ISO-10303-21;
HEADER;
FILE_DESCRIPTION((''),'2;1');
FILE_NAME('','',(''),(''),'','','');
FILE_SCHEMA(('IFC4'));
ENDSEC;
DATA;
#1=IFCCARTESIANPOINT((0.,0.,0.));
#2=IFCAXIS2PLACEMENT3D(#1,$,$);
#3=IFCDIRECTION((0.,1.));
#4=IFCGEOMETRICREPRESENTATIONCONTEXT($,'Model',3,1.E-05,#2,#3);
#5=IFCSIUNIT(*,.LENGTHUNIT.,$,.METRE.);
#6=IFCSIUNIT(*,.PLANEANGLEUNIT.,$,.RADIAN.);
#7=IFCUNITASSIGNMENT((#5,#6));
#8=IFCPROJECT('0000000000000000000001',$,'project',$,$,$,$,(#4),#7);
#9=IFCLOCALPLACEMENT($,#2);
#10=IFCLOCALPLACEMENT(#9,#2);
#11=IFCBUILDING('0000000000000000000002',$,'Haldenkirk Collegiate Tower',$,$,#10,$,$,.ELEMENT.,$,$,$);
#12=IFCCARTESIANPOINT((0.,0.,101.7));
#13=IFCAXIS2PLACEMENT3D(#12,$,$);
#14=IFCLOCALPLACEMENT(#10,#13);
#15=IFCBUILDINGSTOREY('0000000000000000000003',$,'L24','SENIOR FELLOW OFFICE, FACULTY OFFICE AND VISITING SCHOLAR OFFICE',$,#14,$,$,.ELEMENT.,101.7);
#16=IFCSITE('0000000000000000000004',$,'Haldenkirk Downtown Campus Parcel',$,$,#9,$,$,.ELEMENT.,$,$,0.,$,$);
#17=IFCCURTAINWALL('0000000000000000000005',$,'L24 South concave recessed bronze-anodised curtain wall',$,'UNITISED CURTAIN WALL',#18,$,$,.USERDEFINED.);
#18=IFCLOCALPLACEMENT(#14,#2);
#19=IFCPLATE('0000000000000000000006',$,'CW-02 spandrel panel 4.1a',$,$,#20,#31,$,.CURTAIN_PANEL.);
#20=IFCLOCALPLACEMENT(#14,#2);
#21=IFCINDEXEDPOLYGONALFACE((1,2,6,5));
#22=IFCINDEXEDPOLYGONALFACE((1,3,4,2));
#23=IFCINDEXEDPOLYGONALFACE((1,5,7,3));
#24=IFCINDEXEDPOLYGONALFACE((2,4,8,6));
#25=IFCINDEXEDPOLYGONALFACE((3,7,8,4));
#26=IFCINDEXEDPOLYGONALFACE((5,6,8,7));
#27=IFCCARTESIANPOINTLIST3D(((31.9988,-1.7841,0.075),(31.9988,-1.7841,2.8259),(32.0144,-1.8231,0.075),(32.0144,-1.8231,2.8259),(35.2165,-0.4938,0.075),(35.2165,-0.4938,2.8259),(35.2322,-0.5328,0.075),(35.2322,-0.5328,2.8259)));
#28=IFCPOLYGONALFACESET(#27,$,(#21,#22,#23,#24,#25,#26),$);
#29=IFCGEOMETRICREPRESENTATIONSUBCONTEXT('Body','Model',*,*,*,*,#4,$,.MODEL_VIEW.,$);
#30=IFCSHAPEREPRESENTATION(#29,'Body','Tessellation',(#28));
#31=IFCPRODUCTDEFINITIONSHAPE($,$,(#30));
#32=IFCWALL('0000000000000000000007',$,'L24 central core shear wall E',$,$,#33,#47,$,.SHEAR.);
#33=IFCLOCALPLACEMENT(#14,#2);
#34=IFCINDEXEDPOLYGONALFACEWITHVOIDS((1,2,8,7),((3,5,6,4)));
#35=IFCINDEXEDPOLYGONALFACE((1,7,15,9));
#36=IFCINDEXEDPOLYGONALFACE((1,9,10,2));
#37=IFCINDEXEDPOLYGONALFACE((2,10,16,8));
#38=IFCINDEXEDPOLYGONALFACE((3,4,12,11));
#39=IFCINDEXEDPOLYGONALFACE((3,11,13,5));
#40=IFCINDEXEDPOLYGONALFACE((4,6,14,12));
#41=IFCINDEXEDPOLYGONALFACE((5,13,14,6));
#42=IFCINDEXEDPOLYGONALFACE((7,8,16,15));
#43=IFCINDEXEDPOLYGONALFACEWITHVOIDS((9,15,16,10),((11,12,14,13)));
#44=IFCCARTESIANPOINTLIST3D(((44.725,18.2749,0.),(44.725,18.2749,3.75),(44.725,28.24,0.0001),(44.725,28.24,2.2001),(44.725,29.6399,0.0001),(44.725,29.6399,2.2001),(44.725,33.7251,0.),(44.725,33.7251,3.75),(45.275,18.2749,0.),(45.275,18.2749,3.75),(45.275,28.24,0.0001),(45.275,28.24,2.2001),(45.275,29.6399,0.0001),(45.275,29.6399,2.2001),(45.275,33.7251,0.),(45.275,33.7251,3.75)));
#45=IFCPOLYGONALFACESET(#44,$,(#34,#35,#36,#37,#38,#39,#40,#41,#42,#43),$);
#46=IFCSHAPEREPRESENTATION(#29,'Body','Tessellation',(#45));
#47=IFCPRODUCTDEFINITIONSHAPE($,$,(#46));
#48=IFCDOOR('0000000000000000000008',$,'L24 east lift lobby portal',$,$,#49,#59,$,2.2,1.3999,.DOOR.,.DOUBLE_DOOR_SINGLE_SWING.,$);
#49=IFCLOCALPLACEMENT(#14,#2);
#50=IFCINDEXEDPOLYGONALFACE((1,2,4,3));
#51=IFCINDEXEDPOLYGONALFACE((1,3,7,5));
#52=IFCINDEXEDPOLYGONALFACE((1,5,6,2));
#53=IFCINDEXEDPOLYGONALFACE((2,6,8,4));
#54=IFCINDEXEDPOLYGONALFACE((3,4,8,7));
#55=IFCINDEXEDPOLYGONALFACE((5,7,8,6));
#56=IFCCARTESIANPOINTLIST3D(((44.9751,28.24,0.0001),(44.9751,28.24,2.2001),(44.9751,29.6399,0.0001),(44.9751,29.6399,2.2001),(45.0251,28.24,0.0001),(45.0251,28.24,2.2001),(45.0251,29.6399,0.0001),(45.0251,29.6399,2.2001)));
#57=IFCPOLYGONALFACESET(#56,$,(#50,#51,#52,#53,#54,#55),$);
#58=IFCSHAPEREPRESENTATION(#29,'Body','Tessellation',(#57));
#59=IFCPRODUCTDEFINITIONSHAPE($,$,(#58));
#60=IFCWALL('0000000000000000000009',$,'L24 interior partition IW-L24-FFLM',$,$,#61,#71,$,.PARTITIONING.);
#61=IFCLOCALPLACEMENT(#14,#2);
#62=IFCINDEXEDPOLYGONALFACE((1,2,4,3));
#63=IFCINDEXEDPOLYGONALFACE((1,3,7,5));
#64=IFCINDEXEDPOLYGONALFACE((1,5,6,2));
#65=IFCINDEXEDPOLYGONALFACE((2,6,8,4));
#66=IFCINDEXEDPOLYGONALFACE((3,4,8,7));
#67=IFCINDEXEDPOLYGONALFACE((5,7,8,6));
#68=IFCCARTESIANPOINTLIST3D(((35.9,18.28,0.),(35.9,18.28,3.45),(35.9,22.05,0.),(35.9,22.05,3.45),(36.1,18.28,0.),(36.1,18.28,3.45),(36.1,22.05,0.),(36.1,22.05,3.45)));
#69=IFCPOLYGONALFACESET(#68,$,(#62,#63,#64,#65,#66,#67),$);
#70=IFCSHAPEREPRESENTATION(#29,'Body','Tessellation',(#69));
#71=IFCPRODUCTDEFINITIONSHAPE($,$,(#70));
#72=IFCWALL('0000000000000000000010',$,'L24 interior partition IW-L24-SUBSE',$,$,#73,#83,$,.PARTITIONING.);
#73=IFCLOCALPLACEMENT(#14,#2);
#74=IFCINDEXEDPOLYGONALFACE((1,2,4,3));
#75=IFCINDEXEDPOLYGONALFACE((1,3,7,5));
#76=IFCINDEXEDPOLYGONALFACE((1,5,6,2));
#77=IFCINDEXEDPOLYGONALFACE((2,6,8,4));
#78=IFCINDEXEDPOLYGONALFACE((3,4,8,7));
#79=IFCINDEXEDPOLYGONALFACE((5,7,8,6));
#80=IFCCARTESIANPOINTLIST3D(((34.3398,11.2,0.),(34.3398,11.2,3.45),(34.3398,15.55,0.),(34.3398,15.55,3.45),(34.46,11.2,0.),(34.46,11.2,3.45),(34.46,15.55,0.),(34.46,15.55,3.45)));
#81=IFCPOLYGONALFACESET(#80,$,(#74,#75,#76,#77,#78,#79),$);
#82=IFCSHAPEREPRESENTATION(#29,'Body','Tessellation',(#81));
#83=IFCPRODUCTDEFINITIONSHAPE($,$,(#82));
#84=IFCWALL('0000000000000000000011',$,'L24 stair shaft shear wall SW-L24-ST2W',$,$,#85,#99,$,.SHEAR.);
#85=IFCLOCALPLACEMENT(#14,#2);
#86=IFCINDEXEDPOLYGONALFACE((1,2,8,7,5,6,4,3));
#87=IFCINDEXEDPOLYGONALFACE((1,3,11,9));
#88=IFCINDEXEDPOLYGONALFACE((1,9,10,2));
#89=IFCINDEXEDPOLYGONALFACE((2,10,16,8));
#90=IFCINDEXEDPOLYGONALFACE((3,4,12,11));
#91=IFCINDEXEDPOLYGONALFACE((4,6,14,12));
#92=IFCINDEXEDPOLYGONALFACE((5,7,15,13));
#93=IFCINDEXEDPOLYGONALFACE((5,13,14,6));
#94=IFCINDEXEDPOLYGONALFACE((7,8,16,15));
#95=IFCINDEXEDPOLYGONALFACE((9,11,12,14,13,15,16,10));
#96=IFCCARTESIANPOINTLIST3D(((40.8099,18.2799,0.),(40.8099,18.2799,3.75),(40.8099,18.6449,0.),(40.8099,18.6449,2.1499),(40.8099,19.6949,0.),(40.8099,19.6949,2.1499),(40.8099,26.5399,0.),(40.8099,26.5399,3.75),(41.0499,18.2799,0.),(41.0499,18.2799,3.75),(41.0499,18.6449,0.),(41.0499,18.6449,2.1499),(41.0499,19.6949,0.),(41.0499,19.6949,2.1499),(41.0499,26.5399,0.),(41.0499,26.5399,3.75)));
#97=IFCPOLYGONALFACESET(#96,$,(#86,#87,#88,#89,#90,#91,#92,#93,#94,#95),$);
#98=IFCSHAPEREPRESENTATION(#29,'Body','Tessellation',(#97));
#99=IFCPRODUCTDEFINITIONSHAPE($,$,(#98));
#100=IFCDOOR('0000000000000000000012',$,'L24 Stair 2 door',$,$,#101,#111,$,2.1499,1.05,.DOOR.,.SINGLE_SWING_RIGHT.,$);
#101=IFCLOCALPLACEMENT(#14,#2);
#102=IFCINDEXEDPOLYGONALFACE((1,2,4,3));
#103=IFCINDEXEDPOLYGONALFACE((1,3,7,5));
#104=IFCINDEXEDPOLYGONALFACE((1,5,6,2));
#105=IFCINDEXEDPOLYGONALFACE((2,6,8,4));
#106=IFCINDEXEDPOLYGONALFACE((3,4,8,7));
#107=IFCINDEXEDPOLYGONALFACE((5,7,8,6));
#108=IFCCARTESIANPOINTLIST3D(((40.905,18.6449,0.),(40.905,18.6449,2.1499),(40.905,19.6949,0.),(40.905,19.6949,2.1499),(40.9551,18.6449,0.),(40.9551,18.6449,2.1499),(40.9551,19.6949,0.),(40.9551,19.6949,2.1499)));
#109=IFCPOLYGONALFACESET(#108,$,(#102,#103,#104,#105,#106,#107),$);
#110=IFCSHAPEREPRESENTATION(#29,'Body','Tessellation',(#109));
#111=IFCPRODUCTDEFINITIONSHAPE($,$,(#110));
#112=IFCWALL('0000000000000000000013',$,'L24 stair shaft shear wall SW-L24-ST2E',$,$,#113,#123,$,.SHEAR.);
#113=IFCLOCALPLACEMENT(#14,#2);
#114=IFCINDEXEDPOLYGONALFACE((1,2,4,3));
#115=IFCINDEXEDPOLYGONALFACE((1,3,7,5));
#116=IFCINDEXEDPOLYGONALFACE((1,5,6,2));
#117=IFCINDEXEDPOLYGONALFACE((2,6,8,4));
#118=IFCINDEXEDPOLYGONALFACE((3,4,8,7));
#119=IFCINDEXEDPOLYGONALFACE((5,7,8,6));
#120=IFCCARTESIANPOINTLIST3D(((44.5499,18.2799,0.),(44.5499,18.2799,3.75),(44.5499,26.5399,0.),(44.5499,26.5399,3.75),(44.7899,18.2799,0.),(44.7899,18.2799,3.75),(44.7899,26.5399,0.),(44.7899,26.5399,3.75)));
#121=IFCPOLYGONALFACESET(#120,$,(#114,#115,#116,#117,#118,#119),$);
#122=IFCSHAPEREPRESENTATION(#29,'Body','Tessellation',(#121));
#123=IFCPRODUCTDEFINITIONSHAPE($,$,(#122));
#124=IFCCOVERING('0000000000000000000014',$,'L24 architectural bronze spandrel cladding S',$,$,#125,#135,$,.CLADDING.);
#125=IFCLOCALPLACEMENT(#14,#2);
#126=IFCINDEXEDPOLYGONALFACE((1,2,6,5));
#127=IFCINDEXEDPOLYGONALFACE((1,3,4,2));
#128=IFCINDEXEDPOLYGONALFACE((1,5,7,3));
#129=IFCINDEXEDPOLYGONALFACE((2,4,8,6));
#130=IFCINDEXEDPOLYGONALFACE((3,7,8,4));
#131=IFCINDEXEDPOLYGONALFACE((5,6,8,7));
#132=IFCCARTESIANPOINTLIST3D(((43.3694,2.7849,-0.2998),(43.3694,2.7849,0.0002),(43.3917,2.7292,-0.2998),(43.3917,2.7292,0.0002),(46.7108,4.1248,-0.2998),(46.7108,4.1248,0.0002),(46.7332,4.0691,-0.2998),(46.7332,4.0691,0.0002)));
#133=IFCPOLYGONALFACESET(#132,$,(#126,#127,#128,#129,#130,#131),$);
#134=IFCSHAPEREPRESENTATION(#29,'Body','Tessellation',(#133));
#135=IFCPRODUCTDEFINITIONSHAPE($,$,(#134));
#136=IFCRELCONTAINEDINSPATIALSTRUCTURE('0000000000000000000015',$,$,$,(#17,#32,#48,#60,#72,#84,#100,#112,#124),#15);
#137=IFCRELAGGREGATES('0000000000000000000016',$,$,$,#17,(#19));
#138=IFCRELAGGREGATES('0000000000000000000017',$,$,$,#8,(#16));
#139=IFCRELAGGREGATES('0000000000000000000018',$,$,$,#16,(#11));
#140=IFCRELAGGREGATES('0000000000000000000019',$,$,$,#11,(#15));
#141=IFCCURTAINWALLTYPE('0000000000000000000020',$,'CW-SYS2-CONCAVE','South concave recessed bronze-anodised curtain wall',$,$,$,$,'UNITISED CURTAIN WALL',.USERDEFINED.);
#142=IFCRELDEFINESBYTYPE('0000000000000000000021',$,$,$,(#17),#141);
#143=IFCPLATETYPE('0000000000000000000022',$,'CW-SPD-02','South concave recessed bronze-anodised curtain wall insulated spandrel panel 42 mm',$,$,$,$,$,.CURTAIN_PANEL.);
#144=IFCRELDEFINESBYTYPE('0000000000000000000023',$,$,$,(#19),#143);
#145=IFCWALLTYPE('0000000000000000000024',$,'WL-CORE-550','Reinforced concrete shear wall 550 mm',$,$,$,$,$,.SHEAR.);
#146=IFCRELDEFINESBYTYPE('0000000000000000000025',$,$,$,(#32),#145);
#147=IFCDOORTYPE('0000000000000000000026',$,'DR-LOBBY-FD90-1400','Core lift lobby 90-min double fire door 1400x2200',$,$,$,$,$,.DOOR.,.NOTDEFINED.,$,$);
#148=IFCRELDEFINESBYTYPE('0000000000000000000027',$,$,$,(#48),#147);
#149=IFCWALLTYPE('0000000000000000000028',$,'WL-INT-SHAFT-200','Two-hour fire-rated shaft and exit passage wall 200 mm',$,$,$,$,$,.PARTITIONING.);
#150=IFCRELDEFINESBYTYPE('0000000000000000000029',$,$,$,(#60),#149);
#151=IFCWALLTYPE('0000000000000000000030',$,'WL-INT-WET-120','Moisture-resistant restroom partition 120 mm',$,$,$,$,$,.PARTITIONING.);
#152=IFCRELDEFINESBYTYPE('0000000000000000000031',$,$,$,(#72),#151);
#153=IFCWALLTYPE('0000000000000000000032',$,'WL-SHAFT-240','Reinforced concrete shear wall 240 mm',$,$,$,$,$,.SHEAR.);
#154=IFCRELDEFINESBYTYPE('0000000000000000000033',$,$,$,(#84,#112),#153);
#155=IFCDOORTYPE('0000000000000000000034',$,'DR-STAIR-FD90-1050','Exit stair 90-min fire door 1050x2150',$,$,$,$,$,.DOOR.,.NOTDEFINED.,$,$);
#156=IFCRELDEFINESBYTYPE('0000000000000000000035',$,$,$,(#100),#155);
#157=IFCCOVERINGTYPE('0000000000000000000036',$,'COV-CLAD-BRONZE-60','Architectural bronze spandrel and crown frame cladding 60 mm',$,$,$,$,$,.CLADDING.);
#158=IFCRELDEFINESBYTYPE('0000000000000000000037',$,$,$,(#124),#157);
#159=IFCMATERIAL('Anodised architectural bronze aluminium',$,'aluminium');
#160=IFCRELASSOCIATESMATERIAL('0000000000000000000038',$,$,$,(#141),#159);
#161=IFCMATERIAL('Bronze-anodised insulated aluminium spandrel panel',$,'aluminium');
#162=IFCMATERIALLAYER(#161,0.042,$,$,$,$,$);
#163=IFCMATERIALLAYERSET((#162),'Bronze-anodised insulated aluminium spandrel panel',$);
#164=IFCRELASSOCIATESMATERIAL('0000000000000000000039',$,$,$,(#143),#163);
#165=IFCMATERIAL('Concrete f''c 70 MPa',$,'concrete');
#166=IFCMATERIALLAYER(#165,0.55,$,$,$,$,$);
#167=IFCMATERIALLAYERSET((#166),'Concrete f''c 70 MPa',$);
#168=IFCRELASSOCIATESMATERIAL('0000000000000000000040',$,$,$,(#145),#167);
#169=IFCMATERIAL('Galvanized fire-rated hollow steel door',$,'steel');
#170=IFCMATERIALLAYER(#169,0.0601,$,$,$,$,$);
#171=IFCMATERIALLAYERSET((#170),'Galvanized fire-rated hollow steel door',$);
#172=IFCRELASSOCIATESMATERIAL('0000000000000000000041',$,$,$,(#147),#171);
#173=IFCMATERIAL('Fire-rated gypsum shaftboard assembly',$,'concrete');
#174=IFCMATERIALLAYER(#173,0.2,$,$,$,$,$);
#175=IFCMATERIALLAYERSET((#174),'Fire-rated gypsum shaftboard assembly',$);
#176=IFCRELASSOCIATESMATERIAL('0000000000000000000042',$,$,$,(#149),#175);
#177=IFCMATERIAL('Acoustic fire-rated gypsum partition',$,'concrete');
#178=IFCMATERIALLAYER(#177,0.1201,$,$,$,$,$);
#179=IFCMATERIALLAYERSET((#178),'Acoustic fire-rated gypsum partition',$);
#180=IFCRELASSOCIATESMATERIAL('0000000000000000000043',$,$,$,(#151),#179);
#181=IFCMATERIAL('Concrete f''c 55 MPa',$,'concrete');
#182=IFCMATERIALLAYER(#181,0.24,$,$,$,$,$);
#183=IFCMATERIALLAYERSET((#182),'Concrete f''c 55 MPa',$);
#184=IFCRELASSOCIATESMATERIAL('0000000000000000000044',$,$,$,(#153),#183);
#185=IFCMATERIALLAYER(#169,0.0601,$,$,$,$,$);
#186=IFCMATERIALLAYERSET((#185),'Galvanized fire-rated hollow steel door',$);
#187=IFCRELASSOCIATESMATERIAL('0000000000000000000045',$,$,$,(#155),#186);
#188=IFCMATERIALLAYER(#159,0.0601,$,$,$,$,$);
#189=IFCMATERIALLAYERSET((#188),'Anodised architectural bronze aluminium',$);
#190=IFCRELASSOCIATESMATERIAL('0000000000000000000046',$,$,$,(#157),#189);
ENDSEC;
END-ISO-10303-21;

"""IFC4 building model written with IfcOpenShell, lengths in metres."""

from ifc_helpers import new_model, si_unit, direction, frame, frame_2d, origin, origin_2d, place, context, subcontext, project, spatial, rectangle, extrude, source, transform, mapped, material, layer, layer_set, type_object, element, fill, aggregate, save


model = new_model("IFC4")

# Units and contexts
model_context = context("Model", 3, precision=1e-05, world=origin(), true_north=direction((0.0, 1.0)))
body_context = subcontext(model_context, "Body", "Model", "MODEL_VIEW")
ifc_project = project(units=[si_unit("LENGTHUNIT", "METRE"), si_unit("PLANEANGLEUNIT", "RADIAN")], contexts=[model_context])

# Site, building, storey
site_placement = place(None, origin())
site = spatial("IfcSite", under=ifc_project, at=site_placement, Name="Haldenkirk Downtown Campus Parcel", CompositionType="ELEMENT", RefElevation=0.0)
building_placement = place(site_placement, origin())
building = spatial("IfcBuilding", under=site, at=building_placement, Name="Haldenkirk Collegiate Tower", CompositionType="ELEMENT")
storey_placement = place(building_placement, frame((0.0, 0.0, 101.7)))
storey = spatial("IfcBuildingStorey", under=building, at=storey_placement, Name="L24", Description="SENIOR FELLOW OFFICE, FACULTY OFFICE AND VISITING SCHOLAR OFFICE", CompositionType="ELEMENT", Elevation=101.7)

# Curtain wall, plate
ifc_material_1 = material(Name="Anodised architectural bronze aluminium", Category="aluminium")
curtain_wall_type = type_object("IfcCurtainWallType", Name="CW-SYS2-CONCAVE", Description="South concave recessed bronze-anodised curtain wall", ElementType="UNITISED CURTAIN WALL", PredefinedType="USERDEFINED", material=ifc_material_1)
curtain_wall_placement = place(storey_placement, origin())
curtain_wall = element("IfcCurtainWall", 1, at=curtain_wall_placement, inside=storey, type_object=curtain_wall_type, Name="L24 South concave recessed bronze-anodised curtain wall", ObjectType="UNITISED CURTAIN WALL", PredefinedType="USERDEFINED")
ifc_material_2 = material(Name="Bronze-anodised insulated aluminium spandrel panel", Category="aluminium")
ifc_layer_1 = layer(ifc_material_2, 0.042)
ifc_layer_set_1 = layer_set([ifc_layer_1], Name="Bronze-anodised insulated aluminium spandrel panel")
plate_type_1 = type_object("IfcPlateType", Name="CW-SPD-02", Description="South concave recessed bronze-anodised curtain wall insulated spandrel panel 42 mm", PredefinedType="CURTAIN_PANEL", material=ifc_layer_set_1)
shared_shape_1 = source(origin(), body_context, "Body", "SweptSolid", [
    extrude(rectangle(XDim=3.4668, YDim=0.042, at=origin_2d()), origin(), (0.0, 0.0, 1.0), 2.751),
])
plate_1_placement = place(storey_placement, frame((33.6155, -1.1584, 0.075), z_axis=(0.0, 0.0, 1.0), x_axis=(-0.928162, -0.372177, 0.0)))
plate_1 = element("IfcPlate", 2, at=plate_1_placement, type_object=plate_type_1, Name="CW-02 spandrel panel 4.1a", PredefinedType="CURTAIN_PANEL", context=body_context, shape_type="MappedRepresentation", body=[
    mapped(shared_shape_1, transform((0.0, 0.0, 0.0), x_axis=(1.0, 0.0, 0.0), y_axis=(0.0, 1.0, 0.0), z_axis=(0.0, 0.0, 1.0), scale=1.0)),
])
aggregate(curtain_wall, [plate_1])

# Wall, opening, door
ifc_material_3 = material(Name="Concrete f'c 70 MPa", Category="concrete")
ifc_layer_2 = layer(ifc_material_3, 0.55)
ifc_layer_set_2 = layer_set([ifc_layer_2], Name="Concrete f'c 70 MPa")
wall_type_1 = type_object("IfcWallType", Name="WL-CORE-550", Description="Reinforced concrete shear wall 550 mm", PredefinedType="SHEAR", material=ifc_layer_set_2)
wall_1_placement = place(storey_placement, frame((45.0, 18.2749, 0.0), z_axis=(0.0, 0.0, 1.0), x_axis=(0.0, 1.0, 0.0)))
wall_1 = element("IfcWall", 3, at=wall_1_placement, inside=storey, type_object=wall_type_1, Name="L24 central core shear wall E", PredefinedType="SHEAR", context=body_context, shape_type="SweptSolid", body=[
    extrude(rectangle(XDim=15.4502, YDim=0.55, at=frame_2d((7.7251, 0.0))), origin(), (0.0, 0.0, 1.0), 3.75),
])
opening_1_placement = place(wall_1_placement, frame((9.9651, 0.0, 0.0)))
opening_1 = element("IfcOpeningElement", 4, at=opening_1_placement, cuts=wall_1, PredefinedType="OPENING", context=body_context, shape_type="SweptSolid", body=[
    extrude(rectangle(XDim=1.3999, YDim=2.2, at=frame_2d((0.7, 1.1001))), frame((0.0, 0.2849, 0.0), z_axis=(0.0, -1.0, 0.0), x_axis=(1.0, 0.0, 0.0)), (0.0, 0.0, 1.0), 0.5701),
])
ifc_material_4 = material(Name="Galvanized fire-rated hollow steel door", Category="steel")
ifc_layer_3 = layer(ifc_material_4, 0.0601)
ifc_layer_set_3 = layer_set([ifc_layer_3], Name="Galvanized fire-rated hollow steel door")
door_type_1 = type_object("IfcDoorType", Name="DR-LOBBY-FD90-1400", Description="Core lift lobby 90-min double fire door 1400x2200", OperationType="NOTDEFINED", PredefinedType="DOOR", material=ifc_layer_set_3)
door_1_placement = place(opening_1_placement, origin())
door_1 = element("IfcDoor", 5, at=door_1_placement, inside=storey, type_object=door_type_1, Name="L24 east lift lobby portal", OperationType="DOUBLE_DOOR_SINGLE_SWING", OverallHeight=2.2, OverallWidth=1.3999, PredefinedType="DOOR", context=body_context, shape_type="SweptSolid", body=[
    extrude(rectangle(XDim=1.3999, YDim=2.2, at=frame_2d((0.7, 1.1001))), frame((0.0, 0.0249, 0.0), z_axis=(0.0, -1.0, 0.0), x_axis=(1.0, 0.0, 0.0)), (0.0, 0.0, 1.0), 0.05),
])
fill(opening_1, door_1)

# Walls
ifc_material_5 = material(Name="Fire-rated gypsum shaftboard assembly", Category="concrete")
ifc_layer_4 = layer(ifc_material_5, 0.2)
ifc_layer_set_4 = layer_set([ifc_layer_4], Name="Fire-rated gypsum shaftboard assembly")
wall_type_2 = type_object("IfcWallType", Name="WL-INT-SHAFT-200", Description="Two-hour fire-rated shaft and exit passage wall 200 mm", PredefinedType="PARTITIONING", material=ifc_layer_set_4)
wall_2_placement = place(storey_placement, frame((36.0, 18.28, 0.0), z_axis=(0.0, 0.0, 1.0), x_axis=(0.0, 1.0, 0.0)))
element("IfcWall", 6, at=wall_2_placement, inside=storey, type_object=wall_type_2, Name="L24 interior partition IW-L24-FFLM", PredefinedType="PARTITIONING", context=body_context, shape_type="SweptSolid", body=[
    extrude(rectangle(XDim=3.77, YDim=0.2, at=frame_2d((1.885, 0.0))), origin(), (0.0, 0.0, 1.0), 3.45),
])
ifc_material_6 = material(Name="Acoustic fire-rated gypsum partition", Category="concrete")
ifc_layer_5 = layer(ifc_material_6, 0.1201)
ifc_layer_set_5 = layer_set([ifc_layer_5], Name="Acoustic fire-rated gypsum partition")
wall_type_3 = type_object("IfcWallType", Name="WL-INT-WET-120", Description="Moisture-resistant restroom partition 120 mm", PredefinedType="PARTITIONING", material=ifc_layer_set_5)
wall_3_placement = place(storey_placement, frame((34.3999, 11.2, 0.0), z_axis=(0.0, 0.0, 1.0), x_axis=(0.0, 1.0, 0.0)))
element("IfcWall", 7, at=wall_3_placement, inside=storey, type_object=wall_type_3, Name="L24 interior partition IW-L24-SUBSE", PredefinedType="PARTITIONING", context=body_context, shape_type="SweptSolid", body=[
    extrude(rectangle(XDim=4.3501, YDim=0.1201, at=frame_2d((2.175, 0.0))), origin(), (0.0, 0.0, 1.0), 3.45),
])

# Wall, opening, door
ifc_material_7 = material(Name="Concrete f'c 55 MPa", Category="concrete")
ifc_layer_6 = layer(ifc_material_7, 0.24)
ifc_layer_set_6 = layer_set([ifc_layer_6], Name="Concrete f'c 55 MPa")
wall_type_4 = type_object("IfcWallType", Name="WL-SHAFT-240", Description="Reinforced concrete shear wall 240 mm", PredefinedType="SHEAR", material=ifc_layer_set_6)
wall_4_placement = place(storey_placement, frame((40.9299, 18.28, 0.0), z_axis=(0.0, 0.0, 1.0), x_axis=(0.0, 1.0, 0.0)))
wall_4 = element("IfcWall", 8, at=wall_4_placement, inside=storey, type_object=wall_type_4, Name="L24 stair shaft shear wall SW-L24-ST2W", PredefinedType="SHEAR", context=body_context, shape_type="SweptSolid", body=[
    extrude(rectangle(XDim=8.26, YDim=0.24, at=frame_2d((4.1299, 0.0))), origin(), (0.0, 0.0, 1.0), 3.75),
])
opening_2_placement = place(wall_4_placement, frame((0.365, 0.0, 0.0)))
opening_2 = element("IfcOpeningElement", 9, at=opening_2_placement, cuts=wall_4, PredefinedType="OPENING", context=body_context, shape_type="SweptSolid", body=[
    extrude(rectangle(XDim=1.05, YDim=2.1499, at=frame_2d((0.5249, 1.075))), frame((0.0, 0.1299, 0.0), z_axis=(0.0, -1.0, 0.0), x_axis=(1.0, 0.0, 0.0)), (0.0, 0.0, 1.0), 0.26),
])
ifc_layer_7 = layer(ifc_material_4, 0.0601)
ifc_layer_set_7 = layer_set([ifc_layer_7], Name="Galvanized fire-rated hollow steel door")
door_type_2 = type_object("IfcDoorType", Name="DR-STAIR-FD90-1050", Description="Exit stair 90-min fire door 1050x2150", OperationType="NOTDEFINED", PredefinedType="DOOR", material=ifc_layer_set_7)
door_2_placement = place(opening_2_placement, origin())
door_2 = element("IfcDoor", 10, at=door_2_placement, inside=storey, type_object=door_type_2, Name="L24 Stair 2 door", OperationType="SINGLE_SWING_RIGHT", OverallHeight=2.1499, OverallWidth=1.05, PredefinedType="DOOR", context=body_context, shape_type="SweptSolid", body=[
    extrude(rectangle(XDim=1.05, YDim=2.1499, at=frame_2d((0.5249, 1.075))), frame((0.0, 0.0249, 0.0), z_axis=(0.0, -1.0, 0.0), x_axis=(1.0, 0.0, 0.0)), (0.0, 0.0, 1.0), 0.05),
])
fill(opening_2, door_2)

# Wall
wall_5_placement = place(storey_placement, frame((44.6699, 18.28, 0.0), z_axis=(0.0, 0.0, 1.0), x_axis=(0.0, 1.0, 0.0)))
element("IfcWall", 11, at=wall_5_placement, inside=storey, type_object=wall_type_4, Name="L24 stair shaft shear wall SW-L24-ST2E", PredefinedType="SHEAR", context=body_context, shape_type="SweptSolid", body=[
    extrude(rectangle(XDim=8.26, YDim=0.24, at=frame_2d((4.1299, 0.0))), origin(), (0.0, 0.0, 1.0), 3.75),
])

# Covering
ifc_layer_8 = layer(ifc_material_1, 0.0601)
ifc_layer_set_8 = layer_set([ifc_layer_8], Name="Anodised architectural bronze aluminium")
covering_type = type_object("IfcCoveringType", Name="COV-CLAD-BRONZE-60", Description="Architectural bronze spandrel and crown frame cladding 60 mm", PredefinedType="CLADDING", material=ifc_layer_set_8)
shared_shape_2 = source(origin(), body_context, "Body", "SweptSolid", [
    extrude(rectangle(XDim=3.6001, YDim=0.0601, at=origin_2d()), origin(), (0.0, 0.0, 1.0), 0.3),
])
covering_placement = place(storey_placement, frame((45.0513, 3.427, -0.2998), z_axis=(0.0, 0.0, 1.0), x_axis=(-0.928161, -0.372178, 0.0)))
element("IfcCovering", 12, at=covering_placement, inside=storey, type_object=covering_type, Name="L24 architectural bronze spandrel cladding S", PredefinedType="CLADDING", context=body_context, shape_type="MappedRepresentation", body=[
    mapped(shared_shape_2, transform((0.0, 0.0, 0.0), x_axis=(1.0, 0.0, 0.0), y_axis=(0.0, 1.0, 0.0), z_axis=(0.0, 0.0, 1.0), scale=1.0)),
])

save(model, "model.ifc")
